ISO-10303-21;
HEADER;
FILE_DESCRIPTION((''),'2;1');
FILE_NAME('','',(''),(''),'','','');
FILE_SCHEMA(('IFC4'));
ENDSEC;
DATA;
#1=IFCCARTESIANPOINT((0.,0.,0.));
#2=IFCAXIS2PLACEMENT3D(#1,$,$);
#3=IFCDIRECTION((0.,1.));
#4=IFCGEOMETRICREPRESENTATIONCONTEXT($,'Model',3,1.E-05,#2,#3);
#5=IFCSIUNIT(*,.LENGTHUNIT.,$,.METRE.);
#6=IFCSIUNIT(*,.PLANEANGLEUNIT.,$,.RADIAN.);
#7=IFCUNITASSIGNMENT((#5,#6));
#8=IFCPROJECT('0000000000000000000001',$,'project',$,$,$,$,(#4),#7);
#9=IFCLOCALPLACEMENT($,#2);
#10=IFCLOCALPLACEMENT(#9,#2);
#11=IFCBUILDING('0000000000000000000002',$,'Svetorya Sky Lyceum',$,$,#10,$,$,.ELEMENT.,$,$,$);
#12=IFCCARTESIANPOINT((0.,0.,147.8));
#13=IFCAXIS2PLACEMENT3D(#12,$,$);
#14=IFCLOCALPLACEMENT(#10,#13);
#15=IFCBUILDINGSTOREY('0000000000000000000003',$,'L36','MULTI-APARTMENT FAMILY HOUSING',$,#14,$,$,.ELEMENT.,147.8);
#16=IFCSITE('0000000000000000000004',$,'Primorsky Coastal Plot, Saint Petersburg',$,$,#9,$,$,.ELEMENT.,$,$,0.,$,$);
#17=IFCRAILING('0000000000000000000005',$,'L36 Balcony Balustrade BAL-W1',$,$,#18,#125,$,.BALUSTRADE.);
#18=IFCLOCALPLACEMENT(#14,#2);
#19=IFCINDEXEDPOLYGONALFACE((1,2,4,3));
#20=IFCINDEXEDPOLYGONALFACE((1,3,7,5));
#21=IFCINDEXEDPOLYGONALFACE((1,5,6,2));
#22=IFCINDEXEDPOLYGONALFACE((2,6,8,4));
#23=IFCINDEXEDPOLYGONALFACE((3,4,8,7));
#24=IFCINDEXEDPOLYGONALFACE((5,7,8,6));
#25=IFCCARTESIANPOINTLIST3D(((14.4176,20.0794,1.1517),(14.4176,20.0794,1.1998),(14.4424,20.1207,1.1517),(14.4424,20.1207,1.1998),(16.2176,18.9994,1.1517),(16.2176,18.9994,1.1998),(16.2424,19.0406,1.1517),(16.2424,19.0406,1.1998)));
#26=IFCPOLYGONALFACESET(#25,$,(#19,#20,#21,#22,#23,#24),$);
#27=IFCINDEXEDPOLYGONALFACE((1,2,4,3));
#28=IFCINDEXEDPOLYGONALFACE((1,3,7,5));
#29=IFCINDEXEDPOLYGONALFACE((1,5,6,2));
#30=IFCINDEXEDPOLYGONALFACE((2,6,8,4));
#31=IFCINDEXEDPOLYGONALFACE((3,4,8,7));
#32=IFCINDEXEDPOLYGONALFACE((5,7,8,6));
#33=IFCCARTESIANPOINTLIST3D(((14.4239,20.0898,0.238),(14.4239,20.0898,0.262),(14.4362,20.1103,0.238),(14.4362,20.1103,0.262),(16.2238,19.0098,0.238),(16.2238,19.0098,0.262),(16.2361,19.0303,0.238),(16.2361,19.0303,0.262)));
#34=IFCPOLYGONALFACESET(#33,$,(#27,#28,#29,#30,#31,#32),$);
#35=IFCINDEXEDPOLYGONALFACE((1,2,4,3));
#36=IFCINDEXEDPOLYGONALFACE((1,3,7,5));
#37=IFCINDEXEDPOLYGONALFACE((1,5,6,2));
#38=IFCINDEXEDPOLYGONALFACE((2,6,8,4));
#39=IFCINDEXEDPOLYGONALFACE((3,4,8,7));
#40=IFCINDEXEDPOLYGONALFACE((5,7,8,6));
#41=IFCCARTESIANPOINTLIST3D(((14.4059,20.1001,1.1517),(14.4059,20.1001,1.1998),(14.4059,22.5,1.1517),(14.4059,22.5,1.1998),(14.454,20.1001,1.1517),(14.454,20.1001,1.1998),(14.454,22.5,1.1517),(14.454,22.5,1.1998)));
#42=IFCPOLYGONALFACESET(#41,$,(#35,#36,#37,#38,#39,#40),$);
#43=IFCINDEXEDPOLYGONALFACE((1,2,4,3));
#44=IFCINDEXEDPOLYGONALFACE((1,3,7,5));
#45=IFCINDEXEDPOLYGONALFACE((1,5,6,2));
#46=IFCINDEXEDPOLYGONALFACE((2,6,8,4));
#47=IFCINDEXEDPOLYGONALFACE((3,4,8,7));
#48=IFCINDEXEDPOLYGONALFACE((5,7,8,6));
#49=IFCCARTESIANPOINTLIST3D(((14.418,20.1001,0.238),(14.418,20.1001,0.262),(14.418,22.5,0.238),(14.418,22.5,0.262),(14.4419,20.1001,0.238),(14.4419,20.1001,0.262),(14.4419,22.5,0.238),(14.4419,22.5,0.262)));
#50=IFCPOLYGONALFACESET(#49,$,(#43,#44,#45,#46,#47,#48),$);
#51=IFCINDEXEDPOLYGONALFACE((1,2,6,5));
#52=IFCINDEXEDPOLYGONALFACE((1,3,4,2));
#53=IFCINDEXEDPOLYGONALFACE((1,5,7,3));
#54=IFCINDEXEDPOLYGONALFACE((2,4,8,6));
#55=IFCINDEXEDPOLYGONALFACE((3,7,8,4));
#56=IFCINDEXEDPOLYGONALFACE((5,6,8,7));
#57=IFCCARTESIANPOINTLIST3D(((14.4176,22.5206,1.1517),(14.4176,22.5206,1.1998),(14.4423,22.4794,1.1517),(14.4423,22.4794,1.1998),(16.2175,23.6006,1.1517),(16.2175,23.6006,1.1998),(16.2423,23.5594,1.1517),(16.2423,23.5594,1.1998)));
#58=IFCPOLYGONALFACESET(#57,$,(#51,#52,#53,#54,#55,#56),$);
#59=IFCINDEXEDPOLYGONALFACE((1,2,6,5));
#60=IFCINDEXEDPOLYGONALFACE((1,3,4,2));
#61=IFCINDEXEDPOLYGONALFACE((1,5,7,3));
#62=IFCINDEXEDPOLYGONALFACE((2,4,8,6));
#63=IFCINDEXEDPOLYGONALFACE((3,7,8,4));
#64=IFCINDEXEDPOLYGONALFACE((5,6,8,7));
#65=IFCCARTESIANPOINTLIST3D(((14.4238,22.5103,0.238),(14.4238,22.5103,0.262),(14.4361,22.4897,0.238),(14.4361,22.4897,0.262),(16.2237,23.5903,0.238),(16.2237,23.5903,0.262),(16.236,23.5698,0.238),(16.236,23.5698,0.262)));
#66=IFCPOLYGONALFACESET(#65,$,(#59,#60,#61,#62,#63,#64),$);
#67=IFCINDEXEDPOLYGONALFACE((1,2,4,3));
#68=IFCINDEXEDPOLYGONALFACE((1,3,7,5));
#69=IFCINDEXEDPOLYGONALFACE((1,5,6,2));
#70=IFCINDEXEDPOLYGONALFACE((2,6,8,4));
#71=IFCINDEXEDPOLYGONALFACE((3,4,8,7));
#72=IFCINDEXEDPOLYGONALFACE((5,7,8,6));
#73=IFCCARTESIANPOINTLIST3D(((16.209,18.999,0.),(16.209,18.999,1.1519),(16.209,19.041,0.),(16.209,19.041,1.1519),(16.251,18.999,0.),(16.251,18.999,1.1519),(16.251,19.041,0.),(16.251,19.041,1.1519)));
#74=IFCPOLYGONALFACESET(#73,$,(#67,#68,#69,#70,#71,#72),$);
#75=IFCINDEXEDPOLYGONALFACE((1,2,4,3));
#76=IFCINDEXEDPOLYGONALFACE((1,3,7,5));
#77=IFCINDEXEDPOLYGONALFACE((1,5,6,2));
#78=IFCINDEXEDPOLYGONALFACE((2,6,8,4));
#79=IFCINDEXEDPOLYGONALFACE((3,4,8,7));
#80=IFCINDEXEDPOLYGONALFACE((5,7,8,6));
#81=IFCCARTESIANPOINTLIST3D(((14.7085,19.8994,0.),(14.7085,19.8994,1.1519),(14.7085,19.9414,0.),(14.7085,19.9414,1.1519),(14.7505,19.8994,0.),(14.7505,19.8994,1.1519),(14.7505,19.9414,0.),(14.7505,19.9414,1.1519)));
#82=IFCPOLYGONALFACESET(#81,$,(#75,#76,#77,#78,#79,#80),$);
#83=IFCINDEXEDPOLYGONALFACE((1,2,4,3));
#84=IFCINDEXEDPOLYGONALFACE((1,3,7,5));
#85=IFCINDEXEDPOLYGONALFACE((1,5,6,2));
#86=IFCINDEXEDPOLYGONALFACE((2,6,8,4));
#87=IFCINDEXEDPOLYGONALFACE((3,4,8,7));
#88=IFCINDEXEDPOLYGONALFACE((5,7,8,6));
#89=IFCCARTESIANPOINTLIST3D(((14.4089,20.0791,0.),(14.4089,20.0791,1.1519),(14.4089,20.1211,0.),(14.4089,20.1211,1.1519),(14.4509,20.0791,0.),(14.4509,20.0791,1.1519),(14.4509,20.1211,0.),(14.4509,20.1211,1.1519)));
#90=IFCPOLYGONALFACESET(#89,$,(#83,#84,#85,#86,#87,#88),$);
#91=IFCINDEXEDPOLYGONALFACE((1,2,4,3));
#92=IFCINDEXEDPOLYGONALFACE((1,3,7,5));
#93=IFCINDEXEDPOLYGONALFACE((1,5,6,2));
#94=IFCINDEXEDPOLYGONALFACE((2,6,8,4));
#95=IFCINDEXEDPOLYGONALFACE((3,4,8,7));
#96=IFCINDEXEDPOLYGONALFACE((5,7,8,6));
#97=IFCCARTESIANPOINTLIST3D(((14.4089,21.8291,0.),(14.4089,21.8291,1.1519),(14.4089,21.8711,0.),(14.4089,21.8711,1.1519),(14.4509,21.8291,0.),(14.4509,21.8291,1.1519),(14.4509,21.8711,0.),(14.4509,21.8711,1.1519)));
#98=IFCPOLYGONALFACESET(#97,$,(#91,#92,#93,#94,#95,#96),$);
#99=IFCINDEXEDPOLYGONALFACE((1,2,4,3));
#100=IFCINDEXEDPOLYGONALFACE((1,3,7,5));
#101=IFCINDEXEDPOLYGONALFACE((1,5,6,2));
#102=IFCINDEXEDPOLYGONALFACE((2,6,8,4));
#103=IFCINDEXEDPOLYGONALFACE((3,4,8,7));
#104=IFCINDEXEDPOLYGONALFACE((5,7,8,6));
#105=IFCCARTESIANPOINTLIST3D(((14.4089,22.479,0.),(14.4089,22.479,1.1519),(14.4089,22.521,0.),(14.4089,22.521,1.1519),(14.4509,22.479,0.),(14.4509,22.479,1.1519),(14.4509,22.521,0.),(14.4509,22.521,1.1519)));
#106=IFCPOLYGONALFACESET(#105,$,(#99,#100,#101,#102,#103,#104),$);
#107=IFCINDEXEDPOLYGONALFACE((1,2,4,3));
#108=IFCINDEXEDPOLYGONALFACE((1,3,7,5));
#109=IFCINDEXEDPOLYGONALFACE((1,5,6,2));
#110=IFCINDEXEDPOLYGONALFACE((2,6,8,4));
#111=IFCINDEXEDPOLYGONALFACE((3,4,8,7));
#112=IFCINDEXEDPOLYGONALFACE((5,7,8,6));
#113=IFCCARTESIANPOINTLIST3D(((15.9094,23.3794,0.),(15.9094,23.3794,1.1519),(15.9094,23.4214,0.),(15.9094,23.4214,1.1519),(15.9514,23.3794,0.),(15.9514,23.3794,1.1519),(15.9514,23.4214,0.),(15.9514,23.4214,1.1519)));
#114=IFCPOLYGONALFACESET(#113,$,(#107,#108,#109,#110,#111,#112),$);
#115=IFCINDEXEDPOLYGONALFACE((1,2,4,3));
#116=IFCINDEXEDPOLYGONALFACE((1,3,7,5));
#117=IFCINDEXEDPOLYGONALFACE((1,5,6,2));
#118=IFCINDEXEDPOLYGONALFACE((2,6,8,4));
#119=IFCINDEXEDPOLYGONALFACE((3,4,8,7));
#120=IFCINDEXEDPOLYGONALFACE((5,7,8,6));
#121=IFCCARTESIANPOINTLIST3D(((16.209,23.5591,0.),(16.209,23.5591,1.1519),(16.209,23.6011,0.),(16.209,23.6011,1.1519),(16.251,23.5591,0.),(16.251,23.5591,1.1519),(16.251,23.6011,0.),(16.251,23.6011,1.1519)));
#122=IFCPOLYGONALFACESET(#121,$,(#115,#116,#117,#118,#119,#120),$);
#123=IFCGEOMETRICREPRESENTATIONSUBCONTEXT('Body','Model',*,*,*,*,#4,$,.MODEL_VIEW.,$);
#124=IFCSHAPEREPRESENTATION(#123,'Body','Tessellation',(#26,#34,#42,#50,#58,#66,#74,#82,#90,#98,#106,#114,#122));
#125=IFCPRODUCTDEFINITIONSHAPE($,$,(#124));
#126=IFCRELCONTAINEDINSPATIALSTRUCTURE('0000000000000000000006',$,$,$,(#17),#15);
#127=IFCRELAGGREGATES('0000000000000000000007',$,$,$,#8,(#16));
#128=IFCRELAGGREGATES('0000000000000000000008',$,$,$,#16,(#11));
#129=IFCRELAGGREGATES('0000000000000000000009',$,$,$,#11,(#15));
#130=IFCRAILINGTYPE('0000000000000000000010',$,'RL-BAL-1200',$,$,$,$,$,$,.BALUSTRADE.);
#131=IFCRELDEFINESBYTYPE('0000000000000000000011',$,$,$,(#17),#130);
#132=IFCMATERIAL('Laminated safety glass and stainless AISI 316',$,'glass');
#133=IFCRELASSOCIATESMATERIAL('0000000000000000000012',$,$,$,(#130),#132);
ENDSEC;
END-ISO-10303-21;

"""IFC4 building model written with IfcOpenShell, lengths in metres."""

from ifc_helpers import new_model, si_unit, direction, frame, origin, origin_2d, place, context, subcontext, project, spatial, rectangle, extrude, material, type_object, element, save


model = new_model("IFC4")

# Units and contexts
model_context = context("Model", 3, precision=1e-05, world=origin(), true_north=direction((0.0, 1.0)))
body_context = subcontext(model_context, "Body", "Model", "MODEL_VIEW")
ifc_project = project(units=[si_unit("LENGTHUNIT", "METRE"), si_unit("PLANEANGLEUNIT", "RADIAN")], contexts=[model_context])

# Site, building, storey
site_placement = place(None, origin())
site = spatial("IfcSite", under=ifc_project, at=site_placement, Name="Primorsky Coastal Plot, Saint Petersburg", CompositionType="ELEMENT", RefElevation=0.0)
building_placement = place(site_placement, origin())
building = spatial("IfcBuilding", under=site, at=building_placement, Name="Svetorya Sky Lyceum", CompositionType="ELEMENT")
storey_placement = place(building_placement, frame((0.0, 0.0, 147.8)))
storey = spatial("IfcBuildingStorey", under=building, at=storey_placement, Name="L36", Description="MULTI-APARTMENT FAMILY HOUSING", CompositionType="ELEMENT", Elevation=147.8)

# Railing
ifc_material_1 = material(Name="Laminated safety glass and stainless AISI 316", Category="glass")
railing_type = type_object("IfcRailingType", Name="RL-BAL-1200", PredefinedType="BALUSTRADE", material=ifc_material_1)
railing_placement = place(storey_placement, frame((16.23, 19.02, 0.0)))
element("IfcRailing", 1, at=railing_placement, inside=storey, type_object=railing_type, Name="L36 Balcony Balustrade BAL-W1", PredefinedType="BALUSTRADE", context=body_context, shape_type="SweptSolid", body=[
    extrude(rectangle(XDim=0.0481, YDim=0.0481, at=origin_2d()), frame((0.0, 0.0, 1.1758), z_axis=(-0.857483, 0.514513, 0.0), x_axis=(-0.514513, -0.857483, 0.0)), (0.0, 0.0, 1.0), 2.0991),
    extrude(rectangle(XDim=0.0239, YDim=0.0239, at=origin_2d()), frame((0.0, 0.0, 0.25), z_axis=(-0.857483, 0.514513, 0.0), x_axis=(-0.514513, -0.857483, 0.0)), (0.0, 0.0, 1.0), 2.0991),
    extrude(rectangle(XDim=0.0481, YDim=0.0481, at=origin_2d()), frame((-1.8, 1.0801, 1.1758), z_axis=(0.0, 1.0, 0.0), x_axis=(-1.0, 0.0, 0.0)), (0.0, 0.0, 1.0), 2.3999),
    extrude(rectangle(XDim=0.0239, YDim=0.0239, at=origin_2d()), frame((-1.8, 1.0801, 0.25), z_axis=(0.0, 1.0, 0.0), x_axis=(-1.0, 0.0, 0.0)), (0.0, 0.0, 1.0), 2.3999),
    extrude(rectangle(XDim=0.0481, YDim=0.0481, at=origin_2d()), frame((-1.8, 3.48, 1.1758), z_axis=(0.857483, 0.514513, 0.0), x_axis=(-0.514513, 0.857483, 0.0)), (0.0, 0.0, 1.0), 2.0991),
    extrude(rectangle(XDim=0.0239, YDim=0.0239, at=origin_2d()), frame((-1.8, 3.48, 0.25), z_axis=(0.857483, 0.514513, 0.0), x_axis=(-0.514513, 0.857483, 0.0)), (0.0, 0.0, 1.0), 2.0991),
    extrude(rectangle(XDim=0.042, YDim=0.042, at=origin_2d()), origin(), (0.0, 0.0, 1.0), 1.1519),
    extrude(rectangle(XDim=0.042, YDim=0.042, at=origin_2d()), frame((-1.5005, 0.9004, 0.0)), (0.0, 0.0, 1.0), 1.1519),
    extrude(rectangle(XDim=0.042, YDim=0.042, at=origin_2d()), frame((-1.8, 1.0801, 0.0)), (0.0, 0.0, 1.0), 1.1519),
    extrude(rectangle(XDim=0.042, YDim=0.042, at=origin_2d()), frame((-1.8, 2.8301, 0.0)), (0.0, 0.0, 1.0), 1.1519),
    extrude(rectangle(XDim=0.042, YDim=0.042, at=origin_2d()), frame((-1.8, 3.48, 0.0)), (0.0, 0.0, 1.0), 1.1519),
    extrude(rectangle(XDim=0.042, YDim=0.042, at=origin_2d()), frame((-0.2996, 4.3804, 0.0)), (0.0, 0.0, 1.0), 1.1519),
    extrude(rectangle(XDim=0.042, YDim=0.042, at=origin_2d()), frame((0.0, 4.5601, 0.0)), (0.0, 0.0, 1.0), 1.1519),
])

save(model, "model.ifc")
